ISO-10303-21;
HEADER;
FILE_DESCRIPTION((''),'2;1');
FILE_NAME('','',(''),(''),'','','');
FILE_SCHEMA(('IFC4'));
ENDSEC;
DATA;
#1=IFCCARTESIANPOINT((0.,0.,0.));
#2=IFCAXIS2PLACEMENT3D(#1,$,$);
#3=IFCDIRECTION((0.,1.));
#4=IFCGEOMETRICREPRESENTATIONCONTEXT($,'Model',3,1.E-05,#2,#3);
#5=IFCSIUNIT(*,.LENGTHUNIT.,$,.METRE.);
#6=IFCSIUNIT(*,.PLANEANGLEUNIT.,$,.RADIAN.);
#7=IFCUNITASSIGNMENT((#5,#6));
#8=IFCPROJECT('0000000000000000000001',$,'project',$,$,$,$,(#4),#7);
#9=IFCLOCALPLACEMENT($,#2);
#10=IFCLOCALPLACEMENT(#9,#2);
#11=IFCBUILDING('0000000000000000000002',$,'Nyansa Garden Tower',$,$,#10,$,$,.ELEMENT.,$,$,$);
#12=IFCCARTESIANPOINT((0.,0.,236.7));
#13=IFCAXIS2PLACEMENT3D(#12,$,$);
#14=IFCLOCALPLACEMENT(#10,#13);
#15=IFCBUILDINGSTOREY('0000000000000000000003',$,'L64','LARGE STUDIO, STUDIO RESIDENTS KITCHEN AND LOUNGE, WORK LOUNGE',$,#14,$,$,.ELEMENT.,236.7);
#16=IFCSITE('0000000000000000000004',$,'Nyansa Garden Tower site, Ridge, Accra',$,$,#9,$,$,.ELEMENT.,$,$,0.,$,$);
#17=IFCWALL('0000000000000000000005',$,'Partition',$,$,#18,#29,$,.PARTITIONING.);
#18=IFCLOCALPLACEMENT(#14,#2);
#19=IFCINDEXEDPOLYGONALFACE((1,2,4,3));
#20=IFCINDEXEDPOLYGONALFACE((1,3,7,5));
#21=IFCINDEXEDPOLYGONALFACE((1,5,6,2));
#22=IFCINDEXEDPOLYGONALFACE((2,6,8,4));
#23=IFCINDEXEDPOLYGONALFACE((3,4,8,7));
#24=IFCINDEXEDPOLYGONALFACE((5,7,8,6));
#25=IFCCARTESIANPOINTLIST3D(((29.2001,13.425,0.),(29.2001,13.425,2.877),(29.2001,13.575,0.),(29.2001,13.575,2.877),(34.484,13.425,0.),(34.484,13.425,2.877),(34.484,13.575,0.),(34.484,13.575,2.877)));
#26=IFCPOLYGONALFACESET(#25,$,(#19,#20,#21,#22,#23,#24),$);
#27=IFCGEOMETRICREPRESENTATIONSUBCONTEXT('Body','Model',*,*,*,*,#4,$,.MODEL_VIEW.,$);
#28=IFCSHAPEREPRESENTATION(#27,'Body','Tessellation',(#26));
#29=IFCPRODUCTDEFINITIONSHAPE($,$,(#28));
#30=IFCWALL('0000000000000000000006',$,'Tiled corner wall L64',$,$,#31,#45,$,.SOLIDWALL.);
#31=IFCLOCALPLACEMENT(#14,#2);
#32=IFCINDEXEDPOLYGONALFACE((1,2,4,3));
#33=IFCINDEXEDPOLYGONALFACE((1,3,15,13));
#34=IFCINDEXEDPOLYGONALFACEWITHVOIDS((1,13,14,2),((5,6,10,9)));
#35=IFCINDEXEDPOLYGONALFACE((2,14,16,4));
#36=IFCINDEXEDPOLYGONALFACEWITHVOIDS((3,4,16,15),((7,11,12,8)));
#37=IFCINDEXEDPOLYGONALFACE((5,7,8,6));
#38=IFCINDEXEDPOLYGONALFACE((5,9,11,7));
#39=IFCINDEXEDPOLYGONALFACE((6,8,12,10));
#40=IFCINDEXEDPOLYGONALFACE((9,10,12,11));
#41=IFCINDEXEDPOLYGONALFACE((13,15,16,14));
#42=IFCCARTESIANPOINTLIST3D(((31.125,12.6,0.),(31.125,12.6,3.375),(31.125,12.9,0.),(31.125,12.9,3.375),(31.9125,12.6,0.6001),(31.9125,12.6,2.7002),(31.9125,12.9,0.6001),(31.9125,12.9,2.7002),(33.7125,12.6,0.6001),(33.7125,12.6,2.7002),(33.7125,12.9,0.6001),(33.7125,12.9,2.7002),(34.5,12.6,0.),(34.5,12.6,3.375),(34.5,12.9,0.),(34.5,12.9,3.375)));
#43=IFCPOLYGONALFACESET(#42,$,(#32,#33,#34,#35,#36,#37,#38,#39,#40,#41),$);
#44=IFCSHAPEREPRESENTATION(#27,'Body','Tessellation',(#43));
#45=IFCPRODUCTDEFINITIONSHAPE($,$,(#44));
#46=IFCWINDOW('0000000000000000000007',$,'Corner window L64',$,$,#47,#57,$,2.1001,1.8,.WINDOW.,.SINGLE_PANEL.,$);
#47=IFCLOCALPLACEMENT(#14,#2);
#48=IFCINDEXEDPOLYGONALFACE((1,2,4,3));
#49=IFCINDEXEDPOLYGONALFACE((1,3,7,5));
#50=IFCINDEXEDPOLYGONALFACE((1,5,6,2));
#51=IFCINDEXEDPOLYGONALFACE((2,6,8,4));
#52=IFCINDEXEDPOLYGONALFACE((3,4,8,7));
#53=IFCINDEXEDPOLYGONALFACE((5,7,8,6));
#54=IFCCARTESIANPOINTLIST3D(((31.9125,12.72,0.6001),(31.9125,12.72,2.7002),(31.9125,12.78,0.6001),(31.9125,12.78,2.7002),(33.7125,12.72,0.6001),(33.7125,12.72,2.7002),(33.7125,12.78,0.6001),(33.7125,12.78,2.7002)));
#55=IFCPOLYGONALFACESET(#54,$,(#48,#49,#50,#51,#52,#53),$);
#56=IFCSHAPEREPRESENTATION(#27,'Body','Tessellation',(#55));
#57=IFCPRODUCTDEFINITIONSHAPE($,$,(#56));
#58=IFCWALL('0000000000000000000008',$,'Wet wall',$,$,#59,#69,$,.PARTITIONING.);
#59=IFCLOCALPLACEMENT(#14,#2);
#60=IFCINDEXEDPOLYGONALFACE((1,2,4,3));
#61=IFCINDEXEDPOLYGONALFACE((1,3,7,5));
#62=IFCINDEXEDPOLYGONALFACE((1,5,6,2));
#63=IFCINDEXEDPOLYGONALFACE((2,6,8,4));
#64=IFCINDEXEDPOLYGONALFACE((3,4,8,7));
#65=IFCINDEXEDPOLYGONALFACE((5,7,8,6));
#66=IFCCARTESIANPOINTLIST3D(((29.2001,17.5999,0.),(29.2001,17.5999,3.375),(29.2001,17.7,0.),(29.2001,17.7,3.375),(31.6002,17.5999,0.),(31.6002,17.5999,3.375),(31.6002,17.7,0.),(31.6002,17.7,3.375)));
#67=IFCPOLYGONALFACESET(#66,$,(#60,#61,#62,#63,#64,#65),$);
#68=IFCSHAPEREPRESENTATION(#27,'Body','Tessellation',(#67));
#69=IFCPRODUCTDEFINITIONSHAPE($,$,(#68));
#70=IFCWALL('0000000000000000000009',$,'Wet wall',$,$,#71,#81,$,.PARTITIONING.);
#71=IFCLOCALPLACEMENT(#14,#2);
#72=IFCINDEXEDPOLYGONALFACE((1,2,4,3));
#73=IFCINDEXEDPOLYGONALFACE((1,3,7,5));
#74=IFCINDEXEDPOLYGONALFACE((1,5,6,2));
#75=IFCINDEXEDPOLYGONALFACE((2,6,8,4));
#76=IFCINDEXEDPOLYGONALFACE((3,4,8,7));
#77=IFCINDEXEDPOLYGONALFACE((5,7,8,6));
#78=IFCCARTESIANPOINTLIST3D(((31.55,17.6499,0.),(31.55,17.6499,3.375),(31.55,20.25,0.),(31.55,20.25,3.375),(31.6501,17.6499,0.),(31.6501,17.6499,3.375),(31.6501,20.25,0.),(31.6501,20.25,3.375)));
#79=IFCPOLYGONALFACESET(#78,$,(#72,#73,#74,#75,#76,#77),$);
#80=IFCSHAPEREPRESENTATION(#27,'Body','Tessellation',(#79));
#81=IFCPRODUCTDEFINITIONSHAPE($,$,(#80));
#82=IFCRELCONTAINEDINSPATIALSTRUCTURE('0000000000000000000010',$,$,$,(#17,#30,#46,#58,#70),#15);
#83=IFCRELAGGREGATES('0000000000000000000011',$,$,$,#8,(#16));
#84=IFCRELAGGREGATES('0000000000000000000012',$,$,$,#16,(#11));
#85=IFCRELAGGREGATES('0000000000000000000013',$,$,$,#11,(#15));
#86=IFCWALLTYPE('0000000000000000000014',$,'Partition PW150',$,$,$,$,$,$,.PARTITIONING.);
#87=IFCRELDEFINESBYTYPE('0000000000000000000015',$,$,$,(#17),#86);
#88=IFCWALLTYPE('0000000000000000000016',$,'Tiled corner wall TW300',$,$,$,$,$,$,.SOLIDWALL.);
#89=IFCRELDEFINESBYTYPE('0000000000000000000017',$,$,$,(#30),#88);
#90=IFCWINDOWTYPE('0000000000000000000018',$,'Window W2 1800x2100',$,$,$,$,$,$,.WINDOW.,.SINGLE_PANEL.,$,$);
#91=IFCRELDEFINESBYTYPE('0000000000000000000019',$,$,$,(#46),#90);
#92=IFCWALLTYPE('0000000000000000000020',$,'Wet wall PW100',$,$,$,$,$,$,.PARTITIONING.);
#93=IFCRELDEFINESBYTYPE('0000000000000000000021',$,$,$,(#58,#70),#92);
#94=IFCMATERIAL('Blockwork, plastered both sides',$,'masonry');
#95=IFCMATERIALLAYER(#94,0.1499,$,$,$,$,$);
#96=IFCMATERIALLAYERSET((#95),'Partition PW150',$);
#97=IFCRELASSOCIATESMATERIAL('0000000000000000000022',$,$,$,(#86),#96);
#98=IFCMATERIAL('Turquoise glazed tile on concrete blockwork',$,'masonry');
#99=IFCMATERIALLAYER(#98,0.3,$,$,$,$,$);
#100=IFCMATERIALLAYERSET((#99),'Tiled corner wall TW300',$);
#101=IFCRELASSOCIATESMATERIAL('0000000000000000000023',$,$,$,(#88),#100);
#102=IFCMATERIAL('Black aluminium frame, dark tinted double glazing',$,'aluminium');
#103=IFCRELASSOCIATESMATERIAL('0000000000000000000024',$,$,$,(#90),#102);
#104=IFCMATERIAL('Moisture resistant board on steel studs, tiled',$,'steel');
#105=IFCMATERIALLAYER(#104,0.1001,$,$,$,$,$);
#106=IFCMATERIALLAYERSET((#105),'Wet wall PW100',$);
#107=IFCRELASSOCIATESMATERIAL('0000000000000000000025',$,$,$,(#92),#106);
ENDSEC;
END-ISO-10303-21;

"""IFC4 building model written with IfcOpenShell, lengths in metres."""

from ifc_helpers import new_model, si_unit, direction, frame, frame_2d, origin, place, context, subcontext, project, spatial, rectangle, extrude, material, layer, layer_set, type_object, element, fill, save


model = new_model("IFC4")

# Units and contexts
model_context = context("Model", 3, precision=1e-05, world=origin(), true_north=direction((0.0, 1.0)))
body_context = subcontext(model_context, "Body", "Model", "MODEL_VIEW")
ifc_project = project(units=[si_unit("LENGTHUNIT", "METRE"), si_unit("PLANEANGLEUNIT", "RADIAN")], contexts=[model_context])

# Site, building, storey
site_placement = place(None, origin())
site = spatial("IfcSite", under=ifc_project, at=site_placement, Name="Nyansa Garden Tower site, Ridge, Accra", CompositionType="ELEMENT", RefElevation=0.0)
building_placement = place(site_placement, origin())
building = spatial("IfcBuilding", under=site, at=building_placement, Name="Nyansa Garden Tower", CompositionType="ELEMENT")
storey_placement = place(building_placement, frame((0.0, 0.0, 236.7)))
storey = spatial("IfcBuildingStorey", under=building, at=storey_placement, Name="L64", Description="LARGE STUDIO, STUDIO RESIDENTS KITCHEN AND LOUNGE, WORK LOUNGE", CompositionType="ELEMENT", Elevation=236.7)

# Wall
ifc_material_1 = material(Name="Blockwork, plastered both sides", Category="masonry")
ifc_layer_1 = layer(ifc_material_1, 0.1499)
ifc_layer_set_1 = layer_set([ifc_layer_1], Name="Partition PW150")
wall_type_1 = type_object("IfcWallType", Name="Partition PW150", PredefinedType="PARTITIONING", material=ifc_layer_set_1)
wall_1_placement = place(storey_placement, frame((29.2, 13.5, 0.0), z_axis=(0.0, 0.0, 1.0), x_axis=(1.0, 0.0, 0.0)))
element("IfcWall", 1, at=wall_1_placement, inside=storey, type_object=wall_type_1, Name="Partition", PredefinedType="PARTITIONING", context=body_context, shape_type="SweptSolid", body=[
    extrude(rectangle(XDim=5.2839, YDim=0.1499, at=frame_2d((2.6421, 0.0))), origin(), (0.0, 0.0, 1.0), 2.877),
])

# Wall, opening, window
ifc_material_2 = material(Name="Turquoise glazed tile on concrete blockwork", Category="masonry")
ifc_layer_2 = layer(ifc_material_2, 0.3)
ifc_layer_set_2 = layer_set([ifc_layer_2], Name="Tiled corner wall TW300")
wall_type_2 = type_object("IfcWallType", Name="Tiled corner wall TW300", PredefinedType="SOLIDWALL", material=ifc_layer_set_2)
wall_2_placement = place(storey_placement, frame((31.125, 12.75, 0.0), z_axis=(0.0, 0.0, 1.0), x_axis=(1.0, 0.0, 0.0)))
wall_2 = element("IfcWall", 2, at=wall_2_placement, inside=storey, type_object=wall_type_2, Name="Tiled corner wall L64", PredefinedType="SOLIDWALL", context=body_context, shape_type="SweptSolid", body=[
    extrude(rectangle(XDim=3.375, YDim=0.3, at=frame_2d((1.6875, 0.0))), origin(), (0.0, 0.0, 1.0), 3.375),
])
opening_1_placement = place(wall_2_placement, frame((0.7876, 0.0, 0.6001)))
opening_1 = element("IfcOpeningElement", 3, at=opening_1_placement, cuts=wall_2, PredefinedType="OPENING", context=body_context, shape_type="SweptSolid", body=[
    extrude(rectangle(XDim=1.8, YDim=2.1001, at=frame_2d((0.8999, 1.05))), frame((0.0, 0.1599, 0.0), z_axis=(0.0, -1.0, 0.0), x_axis=(1.0, 0.0, 0.0)), (0.0, 0.0, 1.0), 0.3201),
])
ifc_material_3 = material(Name="Black aluminium frame, dark tinted double glazing", Category="aluminium")
window_type = type_object("IfcWindowType", Name="Window W2 1800x2100", PartitioningType="SINGLE_PANEL", PredefinedType="WINDOW", material=ifc_material_3)
window_placement = place(opening_1_placement, origin())
window = element("IfcWindow", 4, at=window_placement, inside=storey, type_object=window_type, Name="Corner window L64", OverallHeight=2.1001, OverallWidth=1.8, PartitioningType="SINGLE_PANEL", PredefinedType="WINDOW", context=body_context, shape_type="SweptSolid", body=[
    extrude(rectangle(XDim=1.8, YDim=2.1001, at=frame_2d((0.8999, 1.05))), frame((0.0, 0.03, 0.0), z_axis=(0.0, -1.0, 0.0), x_axis=(1.0, 0.0, 0.0)), (0.0, 0.0, 1.0), 0.0601),
])
fill(opening_1, window)

# Walls
ifc_material_4 = material(Name="Moisture resistant board on steel studs, tiled", Category="steel")
ifc_layer_3 = layer(ifc_material_4, 0.1001)
ifc_layer_set_3 = layer_set([ifc_layer_3], Name="Wet wall PW100")
wall_type_3 = type_object("IfcWallType", Name="Wet wall PW100", PredefinedType="PARTITIONING", material=ifc_layer_set_3)
wall_3_placement = place(storey_placement, frame((29.2, 17.6499, 0.0), z_axis=(0.0, 0.0, 1.0), x_axis=(1.0, 0.0, 0.0)))
element("IfcWall", 5, at=wall_3_placement, inside=storey, type_object=wall_type_3, Name="Wet wall", PredefinedType="PARTITIONING", context=body_context, shape_type="SweptSolid", body=[
    extrude(rectangle(XDim=2.4001, YDim=0.1001, at=frame_2d((1.2002, 0.0))), origin(), (0.0, 0.0, 1.0), 3.375),
])
wall_4_placement = place(storey_placement, frame((31.6001, 17.6499, 0.0), z_axis=(0.0, 0.0, 1.0), x_axis=(0.0, 1.0, 0.0)))
element("IfcWall", 6, at=wall_4_placement, inside=storey, type_object=wall_type_3, Name="Wet wall", PredefinedType="PARTITIONING", context=body_context, shape_type="SweptSolid", body=[
    extrude(rectangle(XDim=2.6001, YDim=0.1001, at=frame_2d((1.3, 0.0))), origin(), (0.0, 0.0, 1.0), 3.375),
])

save(model, "model.ifc")
